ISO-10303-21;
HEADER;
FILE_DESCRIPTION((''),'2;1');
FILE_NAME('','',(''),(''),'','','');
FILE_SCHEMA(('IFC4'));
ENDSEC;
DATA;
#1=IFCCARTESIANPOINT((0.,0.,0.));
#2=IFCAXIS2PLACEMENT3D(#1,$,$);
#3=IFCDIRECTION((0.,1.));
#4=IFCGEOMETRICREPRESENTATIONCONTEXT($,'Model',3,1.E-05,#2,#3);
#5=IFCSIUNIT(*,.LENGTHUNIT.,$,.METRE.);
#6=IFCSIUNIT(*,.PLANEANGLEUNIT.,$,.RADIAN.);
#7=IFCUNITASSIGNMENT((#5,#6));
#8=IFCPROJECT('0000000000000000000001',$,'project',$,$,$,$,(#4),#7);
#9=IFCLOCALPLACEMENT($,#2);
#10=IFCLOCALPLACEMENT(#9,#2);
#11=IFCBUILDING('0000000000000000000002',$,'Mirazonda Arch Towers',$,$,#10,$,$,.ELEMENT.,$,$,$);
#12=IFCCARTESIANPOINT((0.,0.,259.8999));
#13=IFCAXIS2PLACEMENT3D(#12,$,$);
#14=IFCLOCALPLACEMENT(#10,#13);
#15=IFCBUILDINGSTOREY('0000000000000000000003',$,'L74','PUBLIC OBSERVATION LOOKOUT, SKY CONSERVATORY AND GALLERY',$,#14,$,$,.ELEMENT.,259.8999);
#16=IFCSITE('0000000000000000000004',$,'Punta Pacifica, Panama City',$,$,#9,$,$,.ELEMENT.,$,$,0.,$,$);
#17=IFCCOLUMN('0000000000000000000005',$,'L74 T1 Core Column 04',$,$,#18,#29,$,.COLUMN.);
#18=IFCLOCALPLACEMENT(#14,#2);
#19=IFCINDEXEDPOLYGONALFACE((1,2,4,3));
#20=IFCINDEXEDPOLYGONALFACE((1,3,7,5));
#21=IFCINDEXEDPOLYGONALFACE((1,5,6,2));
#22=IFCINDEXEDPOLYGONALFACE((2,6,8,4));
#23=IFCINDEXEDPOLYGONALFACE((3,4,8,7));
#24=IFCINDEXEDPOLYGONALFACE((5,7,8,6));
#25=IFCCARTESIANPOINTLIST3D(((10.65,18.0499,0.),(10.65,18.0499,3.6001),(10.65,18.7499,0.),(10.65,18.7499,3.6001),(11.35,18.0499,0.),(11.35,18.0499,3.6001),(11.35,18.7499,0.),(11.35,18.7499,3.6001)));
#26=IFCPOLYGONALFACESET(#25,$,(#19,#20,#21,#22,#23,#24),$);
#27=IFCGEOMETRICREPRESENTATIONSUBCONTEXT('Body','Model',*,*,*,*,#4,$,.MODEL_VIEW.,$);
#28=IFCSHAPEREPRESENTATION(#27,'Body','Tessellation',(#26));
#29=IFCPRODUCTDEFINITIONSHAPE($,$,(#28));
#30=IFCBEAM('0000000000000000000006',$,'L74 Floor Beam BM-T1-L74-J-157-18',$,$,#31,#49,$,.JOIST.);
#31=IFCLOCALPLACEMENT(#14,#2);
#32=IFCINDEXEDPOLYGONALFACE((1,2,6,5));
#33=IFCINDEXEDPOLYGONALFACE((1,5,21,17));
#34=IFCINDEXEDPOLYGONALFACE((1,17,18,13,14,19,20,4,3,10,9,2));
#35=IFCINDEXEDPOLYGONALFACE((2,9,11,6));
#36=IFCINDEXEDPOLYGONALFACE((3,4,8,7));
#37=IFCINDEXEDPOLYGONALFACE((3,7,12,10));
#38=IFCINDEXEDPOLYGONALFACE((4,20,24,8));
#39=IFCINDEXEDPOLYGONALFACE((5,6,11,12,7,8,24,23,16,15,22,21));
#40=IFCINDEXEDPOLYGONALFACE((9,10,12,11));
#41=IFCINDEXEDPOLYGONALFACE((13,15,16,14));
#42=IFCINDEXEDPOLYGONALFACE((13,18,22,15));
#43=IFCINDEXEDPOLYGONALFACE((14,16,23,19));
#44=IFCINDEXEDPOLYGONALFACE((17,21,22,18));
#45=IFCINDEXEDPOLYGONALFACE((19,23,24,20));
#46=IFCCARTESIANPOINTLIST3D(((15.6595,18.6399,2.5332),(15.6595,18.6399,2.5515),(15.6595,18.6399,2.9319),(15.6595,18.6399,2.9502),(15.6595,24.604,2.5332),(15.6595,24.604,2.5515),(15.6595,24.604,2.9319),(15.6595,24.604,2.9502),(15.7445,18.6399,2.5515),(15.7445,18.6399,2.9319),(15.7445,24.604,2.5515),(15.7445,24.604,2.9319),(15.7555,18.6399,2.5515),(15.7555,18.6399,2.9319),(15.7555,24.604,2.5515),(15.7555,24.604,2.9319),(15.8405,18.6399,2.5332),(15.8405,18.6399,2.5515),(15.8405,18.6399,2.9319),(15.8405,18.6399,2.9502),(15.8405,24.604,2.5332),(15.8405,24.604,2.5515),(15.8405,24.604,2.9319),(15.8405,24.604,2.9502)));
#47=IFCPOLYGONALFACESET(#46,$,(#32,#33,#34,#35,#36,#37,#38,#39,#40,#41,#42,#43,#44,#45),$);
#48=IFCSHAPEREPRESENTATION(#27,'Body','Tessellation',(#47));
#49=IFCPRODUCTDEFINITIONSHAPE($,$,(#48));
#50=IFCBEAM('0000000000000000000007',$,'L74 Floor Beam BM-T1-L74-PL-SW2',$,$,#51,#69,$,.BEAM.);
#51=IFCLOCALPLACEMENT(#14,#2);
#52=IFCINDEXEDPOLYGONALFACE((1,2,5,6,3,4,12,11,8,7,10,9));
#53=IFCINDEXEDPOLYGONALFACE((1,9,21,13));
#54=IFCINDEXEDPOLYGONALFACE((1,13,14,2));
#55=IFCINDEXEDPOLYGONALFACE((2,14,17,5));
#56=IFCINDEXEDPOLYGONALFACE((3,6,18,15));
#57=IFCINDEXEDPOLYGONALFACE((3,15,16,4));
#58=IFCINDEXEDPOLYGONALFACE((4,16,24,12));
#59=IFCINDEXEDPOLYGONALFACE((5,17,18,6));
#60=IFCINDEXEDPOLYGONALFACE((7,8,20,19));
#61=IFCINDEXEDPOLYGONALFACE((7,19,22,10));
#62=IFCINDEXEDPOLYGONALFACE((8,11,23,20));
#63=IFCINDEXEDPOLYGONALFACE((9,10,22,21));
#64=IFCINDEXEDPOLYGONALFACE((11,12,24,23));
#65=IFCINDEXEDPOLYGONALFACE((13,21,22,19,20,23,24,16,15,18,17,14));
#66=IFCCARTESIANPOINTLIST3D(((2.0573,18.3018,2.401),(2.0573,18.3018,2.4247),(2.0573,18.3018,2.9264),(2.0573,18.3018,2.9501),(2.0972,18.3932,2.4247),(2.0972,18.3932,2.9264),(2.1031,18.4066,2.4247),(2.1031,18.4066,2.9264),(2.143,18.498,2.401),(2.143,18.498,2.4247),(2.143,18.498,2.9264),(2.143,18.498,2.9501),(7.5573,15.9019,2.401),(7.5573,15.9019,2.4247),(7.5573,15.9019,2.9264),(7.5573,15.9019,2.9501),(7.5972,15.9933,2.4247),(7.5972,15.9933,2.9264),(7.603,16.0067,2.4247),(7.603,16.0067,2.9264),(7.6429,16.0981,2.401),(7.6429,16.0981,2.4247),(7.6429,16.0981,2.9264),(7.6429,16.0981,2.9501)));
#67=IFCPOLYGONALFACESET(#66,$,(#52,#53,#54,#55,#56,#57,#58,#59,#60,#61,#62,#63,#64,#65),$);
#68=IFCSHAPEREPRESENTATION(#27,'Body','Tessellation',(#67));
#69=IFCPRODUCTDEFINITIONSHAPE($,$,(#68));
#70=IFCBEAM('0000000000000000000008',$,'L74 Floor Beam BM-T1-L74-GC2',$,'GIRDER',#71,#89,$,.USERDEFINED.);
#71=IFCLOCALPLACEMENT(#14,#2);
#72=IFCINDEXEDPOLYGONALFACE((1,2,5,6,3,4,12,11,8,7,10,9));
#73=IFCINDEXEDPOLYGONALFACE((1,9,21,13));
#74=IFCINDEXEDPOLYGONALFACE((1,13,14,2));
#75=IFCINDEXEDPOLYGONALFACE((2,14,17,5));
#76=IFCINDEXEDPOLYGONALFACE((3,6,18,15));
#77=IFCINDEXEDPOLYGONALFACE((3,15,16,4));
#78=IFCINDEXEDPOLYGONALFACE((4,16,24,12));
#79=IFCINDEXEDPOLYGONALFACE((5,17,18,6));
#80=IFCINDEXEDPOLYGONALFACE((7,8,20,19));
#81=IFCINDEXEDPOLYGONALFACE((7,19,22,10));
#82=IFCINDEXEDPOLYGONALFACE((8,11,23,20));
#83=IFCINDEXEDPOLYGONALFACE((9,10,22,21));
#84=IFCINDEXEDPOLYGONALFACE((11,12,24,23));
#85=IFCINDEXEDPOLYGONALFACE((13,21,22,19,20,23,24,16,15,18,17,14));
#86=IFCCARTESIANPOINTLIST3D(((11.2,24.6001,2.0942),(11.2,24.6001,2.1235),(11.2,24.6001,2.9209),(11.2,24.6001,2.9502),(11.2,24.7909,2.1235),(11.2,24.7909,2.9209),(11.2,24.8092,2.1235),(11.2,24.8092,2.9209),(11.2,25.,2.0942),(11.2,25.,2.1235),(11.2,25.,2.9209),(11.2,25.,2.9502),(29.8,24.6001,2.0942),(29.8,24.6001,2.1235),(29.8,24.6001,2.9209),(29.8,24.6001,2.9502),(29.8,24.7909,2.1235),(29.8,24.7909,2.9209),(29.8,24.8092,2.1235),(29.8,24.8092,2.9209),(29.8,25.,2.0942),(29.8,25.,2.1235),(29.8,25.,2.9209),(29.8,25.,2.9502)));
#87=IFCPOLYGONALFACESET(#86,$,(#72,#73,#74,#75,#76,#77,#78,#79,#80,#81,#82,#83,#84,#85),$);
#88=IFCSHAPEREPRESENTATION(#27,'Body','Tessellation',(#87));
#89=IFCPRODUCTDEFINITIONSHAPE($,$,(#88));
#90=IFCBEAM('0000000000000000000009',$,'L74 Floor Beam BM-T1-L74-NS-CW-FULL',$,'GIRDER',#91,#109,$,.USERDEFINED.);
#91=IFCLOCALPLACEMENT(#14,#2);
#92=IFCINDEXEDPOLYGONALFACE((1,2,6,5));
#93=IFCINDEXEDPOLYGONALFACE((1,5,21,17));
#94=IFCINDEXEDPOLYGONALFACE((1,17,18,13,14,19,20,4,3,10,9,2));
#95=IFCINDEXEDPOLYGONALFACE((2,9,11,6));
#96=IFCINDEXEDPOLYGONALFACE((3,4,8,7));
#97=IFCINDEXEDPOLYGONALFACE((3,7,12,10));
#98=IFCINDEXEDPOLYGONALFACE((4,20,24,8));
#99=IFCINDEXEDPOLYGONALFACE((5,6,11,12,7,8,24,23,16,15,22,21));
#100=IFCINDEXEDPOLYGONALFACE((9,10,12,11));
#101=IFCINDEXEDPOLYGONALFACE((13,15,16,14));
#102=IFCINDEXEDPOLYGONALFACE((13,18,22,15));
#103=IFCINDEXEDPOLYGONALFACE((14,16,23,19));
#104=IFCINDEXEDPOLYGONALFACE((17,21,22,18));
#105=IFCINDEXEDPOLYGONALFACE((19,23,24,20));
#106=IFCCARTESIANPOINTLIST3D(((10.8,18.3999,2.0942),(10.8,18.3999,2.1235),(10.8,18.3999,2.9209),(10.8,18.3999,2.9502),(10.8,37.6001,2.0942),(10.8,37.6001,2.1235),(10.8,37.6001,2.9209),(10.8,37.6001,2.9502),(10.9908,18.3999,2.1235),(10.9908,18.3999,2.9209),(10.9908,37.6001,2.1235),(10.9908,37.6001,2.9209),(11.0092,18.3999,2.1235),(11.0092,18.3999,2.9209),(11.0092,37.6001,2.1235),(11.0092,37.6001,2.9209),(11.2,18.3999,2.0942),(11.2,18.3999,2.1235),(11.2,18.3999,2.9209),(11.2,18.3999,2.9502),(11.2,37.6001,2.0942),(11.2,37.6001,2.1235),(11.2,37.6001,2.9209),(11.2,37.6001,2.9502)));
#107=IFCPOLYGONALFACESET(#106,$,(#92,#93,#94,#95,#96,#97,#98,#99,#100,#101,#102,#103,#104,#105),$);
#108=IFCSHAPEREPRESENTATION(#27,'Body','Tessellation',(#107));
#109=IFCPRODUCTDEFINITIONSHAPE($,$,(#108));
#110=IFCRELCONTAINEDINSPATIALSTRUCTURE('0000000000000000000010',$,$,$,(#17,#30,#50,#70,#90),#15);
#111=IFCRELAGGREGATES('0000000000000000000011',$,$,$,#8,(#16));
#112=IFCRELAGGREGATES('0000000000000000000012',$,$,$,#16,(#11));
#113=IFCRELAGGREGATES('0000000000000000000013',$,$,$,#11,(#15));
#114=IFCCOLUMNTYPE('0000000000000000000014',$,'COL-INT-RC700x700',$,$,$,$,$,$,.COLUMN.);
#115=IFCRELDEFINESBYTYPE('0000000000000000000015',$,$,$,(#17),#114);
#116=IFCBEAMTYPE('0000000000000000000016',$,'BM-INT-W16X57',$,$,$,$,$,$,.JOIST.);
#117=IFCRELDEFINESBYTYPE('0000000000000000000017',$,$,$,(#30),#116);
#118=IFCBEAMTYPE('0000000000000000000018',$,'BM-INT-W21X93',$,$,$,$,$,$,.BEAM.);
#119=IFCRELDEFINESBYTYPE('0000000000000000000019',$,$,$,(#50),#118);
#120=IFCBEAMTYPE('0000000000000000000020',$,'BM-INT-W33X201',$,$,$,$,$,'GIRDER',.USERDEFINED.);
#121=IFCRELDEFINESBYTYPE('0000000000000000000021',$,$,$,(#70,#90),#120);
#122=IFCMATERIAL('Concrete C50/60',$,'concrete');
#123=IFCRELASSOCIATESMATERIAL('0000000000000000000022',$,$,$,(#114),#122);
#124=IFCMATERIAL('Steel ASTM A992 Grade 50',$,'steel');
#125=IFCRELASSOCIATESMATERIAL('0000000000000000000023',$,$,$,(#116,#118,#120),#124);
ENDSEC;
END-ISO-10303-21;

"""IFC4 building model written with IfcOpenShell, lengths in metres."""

from ifc_helpers import new_model, si_unit, direction, frame, origin, origin_2d, place, context, subcontext, project, spatial, rectangle, i_section, extrude, material, material_profile, profile_set, type_object, element, save


model = new_model("IFC4")

# Units and contexts
model_context = context("Model", 3, precision=1e-05, world=origin(), true_north=direction((0.0, 1.0)))
body_context = subcontext(model_context, "Body", "Model", "MODEL_VIEW")
ifc_project = project(units=[si_unit("LENGTHUNIT", "METRE"), si_unit("PLANEANGLEUNIT", "RADIAN")], contexts=[model_context])

# Site, building, storey
site_placement = place(None, origin())
site = spatial("IfcSite", under=ifc_project, at=site_placement, Name="Punta Pacifica, Panama City", CompositionType="ELEMENT", RefElevation=0.0)
building_placement = place(site_placement, origin())
building = spatial("IfcBuilding", under=site, at=building_placement, Name="Mirazonda Arch Towers", CompositionType="ELEMENT")
storey_placement = place(building_placement, frame((0.0, 0.0, 259.8999)))
storey = spatial("IfcBuildingStorey", under=building, at=storey_placement, Name="L74", Description="PUBLIC OBSERVATION LOOKOUT, SKY CONSERVATORY AND GALLERY", CompositionType="ELEMENT", Elevation=259.8999)

# Column
ifc_material_1 = material(Name="Concrete C50/60", Category="concrete")
ifc_material_profile_1 = material_profile(ifc_material_1, rectangle(XDim=0.7, YDim=0.7, at=origin_2d()), Name="RC700x700")
ifc_profile_set_1 = profile_set([ifc_material_profile_1], Name="Concrete C50/60")
column_type = type_object("IfcColumnType", Name="COL-INT-RC700x700", PredefinedType="COLUMN", material=ifc_profile_set_1)
column_placement = place(storey_placement, frame((11.0, 18.3999, 0.0), z_axis=(0.0, 0.0, 1.0), x_axis=(1.0, 0.0, 0.0)))
element("IfcColumn", 1, at=column_placement, inside=storey, type_object=column_type, Name="L74 T1 Core Column 04", PredefinedType="COLUMN", context=body_context, shape_type="SweptSolid", body=[
    extrude(rectangle(XDim=0.7, YDim=0.7, at=origin_2d()), origin(), (0.0, 0.0, 1.0), 3.6001),
])

# Beams
ifc_material_2 = material(Name="Steel ASTM A992 Grade 50", Category="steel")
ifc_material_profile_2 = material_profile(ifc_material_2, i_section(OverallWidth=0.1809, OverallDepth=0.417, WebThickness=0.011, FlangeThickness=0.0183, at=origin_2d()), Name="W16X57")
ifc_profile_set_2 = profile_set([ifc_material_profile_2], Name="Steel ASTM A992 Grade 50")
beam_type_1 = type_object("IfcBeamType", Name="BM-INT-W16X57", PredefinedType="JOIST", material=ifc_profile_set_2)
beam_1_placement = place(storey_placement, frame((15.75, 18.6399, 2.7417), z_axis=(0.0, 1.0, 0.0), x_axis=(-1.0, 0.0, 0.0)))
element("IfcBeam", 2, at=beam_1_placement, inside=storey, type_object=beam_type_1, Name="L74 Floor Beam BM-T1-L74-J-157-18", PredefinedType="JOIST", context=body_context, shape_type="SweptSolid", body=[
    extrude(i_section(OverallWidth=0.1809, OverallDepth=0.417, WebThickness=0.011, FlangeThickness=0.0183, at=origin_2d()), origin(), (0.0, 0.0, 1.0), 5.9641),
])
ifc_material_profile_3 = material_profile(ifc_material_2, i_section(OverallWidth=0.2141, OverallDepth=0.5491, WebThickness=0.0146, FlangeThickness=0.0237, at=origin_2d()), Name="W21X93")
ifc_profile_set_3 = profile_set([ifc_material_profile_3], Name="Steel ASTM A992 Grade 50")
beam_type_2 = type_object("IfcBeamType", Name="BM-INT-W21X93", PredefinedType="BEAM", material=ifc_profile_set_3)
beam_2_placement = place(storey_placement, frame((7.6001, 16.0, 2.6755), z_axis=(-0.916545, 0.399931, 0.0), x_axis=(-0.399931, -0.916545, 0.0)))
element("IfcBeam", 3, at=beam_2_placement, inside=storey, type_object=beam_type_2, Name="L74 Floor Beam BM-T1-L74-PL-SW2", PredefinedType="BEAM", context=body_context, shape_type="SweptSolid", body=[
    extrude(i_section(OverallWidth=0.2141, OverallDepth=0.5491, WebThickness=0.0146, FlangeThickness=0.0237, at=origin_2d()), origin(), (0.0, 0.0, 1.0), 6.0007),
])
ifc_material_profile_4 = material_profile(ifc_material_2, i_section(OverallWidth=0.3999, OverallDepth=0.856, WebThickness=0.0183, FlangeThickness=0.0293, at=origin_2d()), Name="W33X201")
ifc_profile_set_4 = profile_set([ifc_material_profile_4], Name="Steel ASTM A992 Grade 50")
beam_type_3 = type_object("IfcBeamType", Name="BM-INT-W33X201", ElementType="GIRDER", PredefinedType="USERDEFINED", material=ifc_profile_set_4)
beam_3_placement = place(storey_placement, frame((11.2, 24.8, 2.5222), z_axis=(1.0, 0.0, 0.0), x_axis=(0.0, 1.0, 0.0)))
element("IfcBeam", 4, at=beam_3_placement, inside=storey, type_object=beam_type_3, Name="L74 Floor Beam BM-T1-L74-GC2", ObjectType="GIRDER", PredefinedType="USERDEFINED", context=body_context, shape_type="SweptSolid", body=[
    extrude(i_section(OverallWidth=0.3999, OverallDepth=0.856, WebThickness=0.0183, FlangeThickness=0.0293, at=origin_2d()), origin(), (0.0, 0.0, 1.0), 18.6001),
])
beam_4_placement = place(storey_placement, frame((11.0, 18.3999, 2.5222), z_axis=(0.0, 1.0, 0.0), x_axis=(-1.0, 0.0, 0.0)))
element("IfcBeam", 5, at=beam_4_placement, inside=storey, type_object=beam_type_3, Name="L74 Floor Beam BM-T1-L74-NS-CW-FULL", ObjectType="GIRDER", PredefinedType="USERDEFINED", context=body_context, shape_type="SweptSolid", body=[
    extrude(i_section(OverallWidth=0.3999, OverallDepth=0.856, WebThickness=0.0183, FlangeThickness=0.0293, at=origin_2d()), origin(), (0.0, 0.0, 1.0), 19.2002),
])

save(model, "model.ifc")
